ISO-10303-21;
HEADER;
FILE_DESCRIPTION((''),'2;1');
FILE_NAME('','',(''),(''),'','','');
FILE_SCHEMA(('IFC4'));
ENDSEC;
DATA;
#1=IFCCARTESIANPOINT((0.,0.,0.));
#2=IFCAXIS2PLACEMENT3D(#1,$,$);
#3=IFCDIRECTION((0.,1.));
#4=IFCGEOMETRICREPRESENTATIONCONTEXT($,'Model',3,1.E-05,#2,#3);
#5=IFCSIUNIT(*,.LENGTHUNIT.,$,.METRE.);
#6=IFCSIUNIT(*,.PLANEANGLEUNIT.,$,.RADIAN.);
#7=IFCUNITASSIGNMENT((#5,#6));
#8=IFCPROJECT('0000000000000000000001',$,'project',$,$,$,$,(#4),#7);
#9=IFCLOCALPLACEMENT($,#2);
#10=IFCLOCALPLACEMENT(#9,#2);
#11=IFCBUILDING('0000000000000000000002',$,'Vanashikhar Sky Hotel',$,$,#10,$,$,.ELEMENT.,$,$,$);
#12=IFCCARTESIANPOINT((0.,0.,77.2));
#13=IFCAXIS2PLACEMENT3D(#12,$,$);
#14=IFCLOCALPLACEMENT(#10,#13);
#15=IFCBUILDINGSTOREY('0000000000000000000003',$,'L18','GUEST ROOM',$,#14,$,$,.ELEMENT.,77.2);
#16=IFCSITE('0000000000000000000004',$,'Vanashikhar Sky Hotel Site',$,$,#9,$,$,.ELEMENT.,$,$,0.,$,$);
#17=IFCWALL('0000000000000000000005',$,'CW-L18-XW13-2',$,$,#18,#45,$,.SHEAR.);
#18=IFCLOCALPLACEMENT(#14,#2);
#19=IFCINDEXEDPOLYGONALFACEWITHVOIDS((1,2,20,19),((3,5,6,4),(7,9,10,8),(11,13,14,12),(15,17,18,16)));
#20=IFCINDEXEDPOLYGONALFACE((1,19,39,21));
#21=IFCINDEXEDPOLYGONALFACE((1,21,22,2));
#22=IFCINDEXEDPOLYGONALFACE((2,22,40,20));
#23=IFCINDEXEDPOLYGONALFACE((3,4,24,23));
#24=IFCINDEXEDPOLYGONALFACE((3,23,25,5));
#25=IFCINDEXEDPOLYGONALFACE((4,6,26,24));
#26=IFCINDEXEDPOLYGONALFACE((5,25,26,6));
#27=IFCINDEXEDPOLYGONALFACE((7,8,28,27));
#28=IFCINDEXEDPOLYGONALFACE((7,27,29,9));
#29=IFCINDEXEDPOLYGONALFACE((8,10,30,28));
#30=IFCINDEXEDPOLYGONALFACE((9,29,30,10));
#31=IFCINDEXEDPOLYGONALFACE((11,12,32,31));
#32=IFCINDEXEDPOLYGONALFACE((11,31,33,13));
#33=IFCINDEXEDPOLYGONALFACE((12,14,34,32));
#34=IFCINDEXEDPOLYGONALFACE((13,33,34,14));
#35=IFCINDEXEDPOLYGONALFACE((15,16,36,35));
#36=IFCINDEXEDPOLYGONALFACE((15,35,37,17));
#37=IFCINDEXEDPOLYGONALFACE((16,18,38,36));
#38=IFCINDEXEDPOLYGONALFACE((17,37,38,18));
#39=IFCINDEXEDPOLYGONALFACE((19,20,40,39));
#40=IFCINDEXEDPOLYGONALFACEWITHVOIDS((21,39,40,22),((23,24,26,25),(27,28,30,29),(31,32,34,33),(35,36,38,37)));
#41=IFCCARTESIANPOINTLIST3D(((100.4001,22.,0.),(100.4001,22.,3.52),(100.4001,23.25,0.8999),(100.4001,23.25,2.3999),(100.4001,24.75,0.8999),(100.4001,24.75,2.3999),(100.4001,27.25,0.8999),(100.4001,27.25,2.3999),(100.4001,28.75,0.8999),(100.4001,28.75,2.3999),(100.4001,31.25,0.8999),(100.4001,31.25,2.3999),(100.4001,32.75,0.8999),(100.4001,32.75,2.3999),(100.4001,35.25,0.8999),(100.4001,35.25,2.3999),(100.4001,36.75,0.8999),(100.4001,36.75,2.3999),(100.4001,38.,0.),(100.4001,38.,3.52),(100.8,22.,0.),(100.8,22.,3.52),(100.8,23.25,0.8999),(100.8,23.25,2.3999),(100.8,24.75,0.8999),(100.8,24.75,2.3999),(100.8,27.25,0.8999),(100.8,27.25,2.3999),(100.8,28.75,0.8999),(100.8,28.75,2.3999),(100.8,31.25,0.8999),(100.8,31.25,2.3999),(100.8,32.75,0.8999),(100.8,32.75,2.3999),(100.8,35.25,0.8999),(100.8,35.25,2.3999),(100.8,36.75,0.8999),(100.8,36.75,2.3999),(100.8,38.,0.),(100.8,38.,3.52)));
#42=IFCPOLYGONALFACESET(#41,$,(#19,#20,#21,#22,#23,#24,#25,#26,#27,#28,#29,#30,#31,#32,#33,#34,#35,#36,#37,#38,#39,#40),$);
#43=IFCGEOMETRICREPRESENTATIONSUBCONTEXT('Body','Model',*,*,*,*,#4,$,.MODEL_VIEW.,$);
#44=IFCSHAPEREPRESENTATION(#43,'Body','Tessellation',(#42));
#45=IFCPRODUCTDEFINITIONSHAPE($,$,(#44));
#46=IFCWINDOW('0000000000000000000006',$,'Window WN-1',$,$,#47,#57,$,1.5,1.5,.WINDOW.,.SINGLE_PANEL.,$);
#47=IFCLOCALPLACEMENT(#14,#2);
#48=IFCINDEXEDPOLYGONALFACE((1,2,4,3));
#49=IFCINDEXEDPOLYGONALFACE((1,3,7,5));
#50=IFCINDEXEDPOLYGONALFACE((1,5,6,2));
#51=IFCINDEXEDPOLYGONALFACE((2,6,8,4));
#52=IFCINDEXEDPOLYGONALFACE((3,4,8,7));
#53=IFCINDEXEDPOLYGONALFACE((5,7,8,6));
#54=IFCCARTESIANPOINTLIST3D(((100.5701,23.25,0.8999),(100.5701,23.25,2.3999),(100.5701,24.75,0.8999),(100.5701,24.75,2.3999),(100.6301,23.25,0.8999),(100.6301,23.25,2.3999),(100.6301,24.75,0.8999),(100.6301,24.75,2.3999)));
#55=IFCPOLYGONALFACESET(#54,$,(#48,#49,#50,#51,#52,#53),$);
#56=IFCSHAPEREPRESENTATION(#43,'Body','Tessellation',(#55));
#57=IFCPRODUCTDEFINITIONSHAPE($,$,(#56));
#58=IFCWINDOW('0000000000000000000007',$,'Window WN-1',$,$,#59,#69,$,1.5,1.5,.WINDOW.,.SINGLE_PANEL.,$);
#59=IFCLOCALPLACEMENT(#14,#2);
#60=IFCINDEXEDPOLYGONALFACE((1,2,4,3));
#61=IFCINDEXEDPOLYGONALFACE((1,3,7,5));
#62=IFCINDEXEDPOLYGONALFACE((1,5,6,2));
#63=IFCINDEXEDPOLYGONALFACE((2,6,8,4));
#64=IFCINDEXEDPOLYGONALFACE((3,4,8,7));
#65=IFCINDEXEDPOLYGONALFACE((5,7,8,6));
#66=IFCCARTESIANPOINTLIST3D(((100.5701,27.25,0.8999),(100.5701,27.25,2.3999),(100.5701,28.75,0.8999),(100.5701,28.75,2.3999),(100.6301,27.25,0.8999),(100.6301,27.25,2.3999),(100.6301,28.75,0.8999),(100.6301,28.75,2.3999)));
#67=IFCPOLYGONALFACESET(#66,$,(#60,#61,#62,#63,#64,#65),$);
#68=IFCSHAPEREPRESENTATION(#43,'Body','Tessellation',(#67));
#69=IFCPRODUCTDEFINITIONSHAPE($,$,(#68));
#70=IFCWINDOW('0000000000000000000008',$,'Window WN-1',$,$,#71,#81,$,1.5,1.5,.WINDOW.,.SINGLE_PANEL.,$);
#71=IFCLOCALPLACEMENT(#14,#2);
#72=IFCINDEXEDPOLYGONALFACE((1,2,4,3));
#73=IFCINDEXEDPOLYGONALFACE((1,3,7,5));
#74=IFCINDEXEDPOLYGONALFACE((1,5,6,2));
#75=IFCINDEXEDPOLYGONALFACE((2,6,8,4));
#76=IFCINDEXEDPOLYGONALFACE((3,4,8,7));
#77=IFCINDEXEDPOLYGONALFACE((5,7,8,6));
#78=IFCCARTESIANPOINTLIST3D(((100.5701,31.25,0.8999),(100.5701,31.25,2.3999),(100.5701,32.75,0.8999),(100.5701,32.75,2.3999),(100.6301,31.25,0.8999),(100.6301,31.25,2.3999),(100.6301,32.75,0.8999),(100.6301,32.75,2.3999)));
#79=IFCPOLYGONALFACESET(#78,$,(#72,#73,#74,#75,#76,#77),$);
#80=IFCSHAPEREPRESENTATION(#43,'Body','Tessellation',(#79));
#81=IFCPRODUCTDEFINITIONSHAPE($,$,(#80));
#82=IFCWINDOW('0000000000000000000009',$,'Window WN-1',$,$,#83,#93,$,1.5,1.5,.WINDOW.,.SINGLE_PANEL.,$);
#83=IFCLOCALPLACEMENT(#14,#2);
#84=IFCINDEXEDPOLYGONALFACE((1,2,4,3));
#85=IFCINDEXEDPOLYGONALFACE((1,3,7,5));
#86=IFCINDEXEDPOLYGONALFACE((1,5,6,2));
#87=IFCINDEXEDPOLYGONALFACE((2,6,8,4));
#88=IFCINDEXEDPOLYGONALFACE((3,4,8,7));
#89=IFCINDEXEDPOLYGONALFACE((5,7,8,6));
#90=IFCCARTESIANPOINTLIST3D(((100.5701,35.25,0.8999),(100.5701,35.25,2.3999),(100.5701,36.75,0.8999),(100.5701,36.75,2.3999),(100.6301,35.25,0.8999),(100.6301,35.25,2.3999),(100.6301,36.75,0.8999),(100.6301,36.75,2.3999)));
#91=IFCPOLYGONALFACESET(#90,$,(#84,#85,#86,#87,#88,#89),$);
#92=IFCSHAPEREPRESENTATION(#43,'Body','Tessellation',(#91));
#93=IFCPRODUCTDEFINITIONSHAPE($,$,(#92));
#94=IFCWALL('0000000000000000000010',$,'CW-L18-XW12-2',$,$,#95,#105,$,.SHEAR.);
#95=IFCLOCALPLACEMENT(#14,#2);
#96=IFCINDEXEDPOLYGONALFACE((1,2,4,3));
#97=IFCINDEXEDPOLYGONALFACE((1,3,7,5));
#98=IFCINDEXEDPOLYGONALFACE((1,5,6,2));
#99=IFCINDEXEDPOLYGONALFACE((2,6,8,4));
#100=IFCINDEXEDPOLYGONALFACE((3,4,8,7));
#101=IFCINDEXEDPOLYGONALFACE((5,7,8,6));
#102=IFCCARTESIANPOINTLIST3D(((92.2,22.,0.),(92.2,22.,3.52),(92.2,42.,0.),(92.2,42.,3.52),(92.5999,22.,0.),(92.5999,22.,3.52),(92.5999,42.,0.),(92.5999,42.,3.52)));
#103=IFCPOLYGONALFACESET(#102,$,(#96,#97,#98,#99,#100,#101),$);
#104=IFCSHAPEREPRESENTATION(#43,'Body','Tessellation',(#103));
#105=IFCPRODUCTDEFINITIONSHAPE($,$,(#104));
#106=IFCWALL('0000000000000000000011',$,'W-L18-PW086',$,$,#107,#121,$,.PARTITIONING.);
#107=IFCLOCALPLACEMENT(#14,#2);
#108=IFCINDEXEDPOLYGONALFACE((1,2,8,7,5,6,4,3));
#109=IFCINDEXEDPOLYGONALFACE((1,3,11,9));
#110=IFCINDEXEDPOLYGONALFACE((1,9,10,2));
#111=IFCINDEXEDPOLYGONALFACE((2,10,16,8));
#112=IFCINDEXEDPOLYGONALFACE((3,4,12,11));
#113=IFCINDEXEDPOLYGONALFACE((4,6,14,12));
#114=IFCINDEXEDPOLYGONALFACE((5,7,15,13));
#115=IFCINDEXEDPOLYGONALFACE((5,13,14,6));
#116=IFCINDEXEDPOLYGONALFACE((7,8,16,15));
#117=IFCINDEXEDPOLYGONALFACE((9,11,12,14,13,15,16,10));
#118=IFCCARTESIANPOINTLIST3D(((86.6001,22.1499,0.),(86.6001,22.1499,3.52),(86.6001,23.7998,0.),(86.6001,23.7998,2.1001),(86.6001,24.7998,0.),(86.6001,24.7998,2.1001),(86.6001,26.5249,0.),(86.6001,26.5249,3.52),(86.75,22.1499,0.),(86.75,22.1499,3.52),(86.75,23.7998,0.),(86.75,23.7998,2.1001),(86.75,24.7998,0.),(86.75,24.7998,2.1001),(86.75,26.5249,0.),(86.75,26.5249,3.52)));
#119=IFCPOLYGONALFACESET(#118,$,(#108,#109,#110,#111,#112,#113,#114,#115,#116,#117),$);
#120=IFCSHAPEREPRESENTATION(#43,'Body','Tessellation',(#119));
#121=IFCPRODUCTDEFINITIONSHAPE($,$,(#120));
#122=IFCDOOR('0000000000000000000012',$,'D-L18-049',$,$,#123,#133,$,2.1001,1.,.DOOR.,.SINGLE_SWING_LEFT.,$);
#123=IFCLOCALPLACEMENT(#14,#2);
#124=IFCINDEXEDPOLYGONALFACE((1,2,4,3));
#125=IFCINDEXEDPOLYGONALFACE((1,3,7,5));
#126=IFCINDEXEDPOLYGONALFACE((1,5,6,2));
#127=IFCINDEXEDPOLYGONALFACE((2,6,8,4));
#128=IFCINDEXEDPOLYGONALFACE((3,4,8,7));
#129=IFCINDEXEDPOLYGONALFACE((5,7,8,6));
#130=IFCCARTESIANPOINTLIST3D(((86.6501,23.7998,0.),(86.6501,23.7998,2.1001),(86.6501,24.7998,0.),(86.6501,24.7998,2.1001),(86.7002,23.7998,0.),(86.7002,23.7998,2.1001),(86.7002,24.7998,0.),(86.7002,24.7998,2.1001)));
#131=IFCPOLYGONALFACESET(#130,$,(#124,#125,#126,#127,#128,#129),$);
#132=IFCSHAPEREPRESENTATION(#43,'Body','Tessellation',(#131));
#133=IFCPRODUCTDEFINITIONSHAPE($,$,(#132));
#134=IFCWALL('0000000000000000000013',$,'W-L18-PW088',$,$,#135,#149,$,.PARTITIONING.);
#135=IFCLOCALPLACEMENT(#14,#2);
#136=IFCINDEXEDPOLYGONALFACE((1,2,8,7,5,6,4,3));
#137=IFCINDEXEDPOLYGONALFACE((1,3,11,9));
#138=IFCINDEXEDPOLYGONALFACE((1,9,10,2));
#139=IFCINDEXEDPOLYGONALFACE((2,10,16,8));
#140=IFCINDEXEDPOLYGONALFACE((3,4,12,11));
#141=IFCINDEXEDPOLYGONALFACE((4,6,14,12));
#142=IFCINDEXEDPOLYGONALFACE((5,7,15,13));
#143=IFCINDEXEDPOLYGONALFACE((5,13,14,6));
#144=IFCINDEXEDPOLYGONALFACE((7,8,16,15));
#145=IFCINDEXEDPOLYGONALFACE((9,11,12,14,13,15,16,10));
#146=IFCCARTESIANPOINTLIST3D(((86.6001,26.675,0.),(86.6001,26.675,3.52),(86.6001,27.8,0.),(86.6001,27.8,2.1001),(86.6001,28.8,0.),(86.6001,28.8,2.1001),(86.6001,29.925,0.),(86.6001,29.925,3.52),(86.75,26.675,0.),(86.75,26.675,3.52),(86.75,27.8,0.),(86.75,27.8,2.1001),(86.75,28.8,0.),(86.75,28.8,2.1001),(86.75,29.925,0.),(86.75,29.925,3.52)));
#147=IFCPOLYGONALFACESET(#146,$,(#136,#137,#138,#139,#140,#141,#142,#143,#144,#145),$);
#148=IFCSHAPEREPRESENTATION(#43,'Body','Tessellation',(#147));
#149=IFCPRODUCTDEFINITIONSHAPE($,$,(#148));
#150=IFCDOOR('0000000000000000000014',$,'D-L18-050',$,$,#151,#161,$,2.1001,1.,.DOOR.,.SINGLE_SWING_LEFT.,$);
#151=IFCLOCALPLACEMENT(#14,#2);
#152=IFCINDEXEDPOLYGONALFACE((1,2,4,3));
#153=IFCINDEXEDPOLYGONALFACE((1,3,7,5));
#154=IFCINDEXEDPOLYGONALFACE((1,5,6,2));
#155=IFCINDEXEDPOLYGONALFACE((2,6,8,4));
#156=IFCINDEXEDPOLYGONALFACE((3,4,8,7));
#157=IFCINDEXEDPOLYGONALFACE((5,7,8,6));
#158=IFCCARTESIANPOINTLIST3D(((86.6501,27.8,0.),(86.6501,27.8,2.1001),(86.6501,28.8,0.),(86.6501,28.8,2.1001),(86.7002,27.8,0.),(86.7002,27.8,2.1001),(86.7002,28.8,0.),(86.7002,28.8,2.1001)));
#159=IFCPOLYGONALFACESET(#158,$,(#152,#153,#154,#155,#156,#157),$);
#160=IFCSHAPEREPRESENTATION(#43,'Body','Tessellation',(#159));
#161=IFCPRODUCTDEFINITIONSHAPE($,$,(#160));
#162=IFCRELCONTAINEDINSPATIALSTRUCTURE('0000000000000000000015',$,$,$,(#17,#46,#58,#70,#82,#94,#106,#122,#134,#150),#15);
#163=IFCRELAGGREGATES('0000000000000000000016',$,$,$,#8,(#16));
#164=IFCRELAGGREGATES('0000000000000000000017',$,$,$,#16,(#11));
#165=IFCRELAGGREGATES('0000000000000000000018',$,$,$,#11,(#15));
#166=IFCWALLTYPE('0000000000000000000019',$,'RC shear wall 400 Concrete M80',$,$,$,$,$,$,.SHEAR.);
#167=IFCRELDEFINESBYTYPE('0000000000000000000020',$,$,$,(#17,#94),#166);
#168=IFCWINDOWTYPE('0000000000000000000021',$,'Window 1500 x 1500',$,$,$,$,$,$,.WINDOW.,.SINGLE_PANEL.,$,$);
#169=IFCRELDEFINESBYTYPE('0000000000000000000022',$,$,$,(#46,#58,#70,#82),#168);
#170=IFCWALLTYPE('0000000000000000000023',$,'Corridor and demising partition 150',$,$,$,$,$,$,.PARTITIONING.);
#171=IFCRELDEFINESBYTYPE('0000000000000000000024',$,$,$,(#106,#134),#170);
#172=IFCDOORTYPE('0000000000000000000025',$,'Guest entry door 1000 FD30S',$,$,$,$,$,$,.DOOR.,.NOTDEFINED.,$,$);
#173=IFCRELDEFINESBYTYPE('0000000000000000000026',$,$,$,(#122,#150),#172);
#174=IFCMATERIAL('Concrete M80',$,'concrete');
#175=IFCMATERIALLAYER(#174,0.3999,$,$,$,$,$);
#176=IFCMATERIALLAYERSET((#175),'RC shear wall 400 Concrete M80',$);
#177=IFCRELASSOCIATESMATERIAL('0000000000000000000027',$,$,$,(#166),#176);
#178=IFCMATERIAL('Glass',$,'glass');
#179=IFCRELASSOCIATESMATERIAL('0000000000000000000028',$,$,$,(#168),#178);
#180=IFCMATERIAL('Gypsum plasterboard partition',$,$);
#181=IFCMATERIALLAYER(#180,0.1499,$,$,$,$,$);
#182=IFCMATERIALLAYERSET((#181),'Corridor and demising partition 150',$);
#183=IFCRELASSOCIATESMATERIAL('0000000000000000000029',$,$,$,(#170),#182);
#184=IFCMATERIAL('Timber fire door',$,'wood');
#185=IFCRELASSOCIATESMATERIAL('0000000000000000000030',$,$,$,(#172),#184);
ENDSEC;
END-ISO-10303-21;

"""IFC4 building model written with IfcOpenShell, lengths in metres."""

from ifc_helpers import new_model, si_unit, direction, frame, frame_2d, origin, place, context, subcontext, project, spatial, rectangle, extrude, source, transform, mapped, material, layer, layer_set, type_object, element, fill, save


model = new_model("IFC4")

# Units and contexts
model_context = context("Model", 3, precision=1e-05, world=origin(), true_north=direction((0.0, 1.0)))
body_context = subcontext(model_context, "Body", "Model", "MODEL_VIEW")
ifc_project = project(units=[si_unit("LENGTHUNIT", "METRE"), si_unit("PLANEANGLEUNIT", "RADIAN")], contexts=[model_context])

# Site, building, storey
site_placement = place(None, origin())
site = spatial("IfcSite", under=ifc_project, at=site_placement, Name="Vanashikhar Sky Hotel Site", CompositionType="ELEMENT", RefElevation=0.0)
building_placement = place(site_placement, origin())
building = spatial("IfcBuilding", under=site, at=building_placement, Name="Vanashikhar Sky Hotel", CompositionType="ELEMENT")
storey_placement = place(building_placement, frame((0.0, 0.0, 77.2)))
storey = spatial("IfcBuildingStorey", under=building, at=storey_placement, Name="L18", Description="GUEST ROOM", CompositionType="ELEMENT", Elevation=77.2)

# Wall, openings, windows
ifc_material_1 = material(Name="Concrete M80", Category="concrete")
ifc_layer_1 = layer(ifc_material_1, 0.3999)
ifc_layer_set_1 = layer_set([ifc_layer_1], Name="RC shear wall 400 Concrete M80")
wall_type_1 = type_object("IfcWallType", Name="RC shear wall 400 Concrete M80", PredefinedType="SHEAR", material=ifc_layer_set_1)
shared_shape_1 = source(origin(), body_context, "Body", "SweptSolid", [
    extrude(rectangle(XDim=16.0, YDim=0.3999, at=frame_2d((8.0, 0.0))), origin(), (0.0, 0.0, 1.0), 3.52),
])
wall_1_placement = place(storey_placement, frame((100.6001, 22.0, 0.0), z_axis=(0.0, 0.0, 1.0), x_axis=(0.0, 1.0, 0.0)))
wall_1 = element("IfcWall", 1, at=wall_1_placement, inside=storey, type_object=wall_type_1, Name="CW-L18-XW13-2", PredefinedType="SHEAR", context=body_context, shape_type="MappedRepresentation", body=[
    mapped(shared_shape_1, transform((0.0, 0.0, 0.0), scale=1.0)),
])
shared_shape_2 = source(origin(), body_context, "Body", "SweptSolid", [
    extrude(rectangle(XDim=1.5, YDim=1.5, at=frame_2d((0.75, 0.75))), frame((0.0, 0.21, 0.0), z_axis=(0.0, -1.0, 0.0), x_axis=(1.0, 0.0, 0.0)), (0.0, 0.0, 1.0), 0.4199),
])
opening_1_placement = place(wall_1_placement, frame((1.25, 0.0, 0.8999)))
opening_1 = element("IfcOpeningElement", 2, at=opening_1_placement, cuts=wall_1, PredefinedType="OPENING", context=body_context, shape_type="MappedRepresentation", body=[
    mapped(shared_shape_2, transform((0.0, 0.0, 0.0), scale=1.0)),
])
opening_2_placement = place(wall_1_placement, frame((5.25, 0.0, 0.8999)))
opening_2 = element("IfcOpeningElement", 3, at=opening_2_placement, cuts=wall_1, PredefinedType="OPENING", context=body_context, shape_type="MappedRepresentation", body=[
    mapped(shared_shape_2, transform((0.0, 0.0, 0.0), scale=1.0)),
])
opening_3_placement = place(wall_1_placement, frame((9.25, 0.0, 0.8999)))
opening_3 = element("IfcOpeningElement", 4, at=opening_3_placement, cuts=wall_1, PredefinedType="OPENING", context=body_context, shape_type="MappedRepresentation", body=[
    mapped(shared_shape_2, transform((0.0, 0.0, 0.0), scale=1.0)),
])
opening_4_placement = place(wall_1_placement, frame((13.25, 0.0, 0.8999)))
opening_4 = element("IfcOpeningElement", 5, at=opening_4_placement, cuts=wall_1, PredefinedType="OPENING", context=body_context, shape_type="MappedRepresentation", body=[
    mapped(shared_shape_2, transform((0.0, 0.0, 0.0), scale=1.0)),
])
ifc_material_2 = material(Name="Glass", Category="glass")
window_type = type_object("IfcWindowType", Name="Window 1500 x 1500", PartitioningType="SINGLE_PANEL", PredefinedType="WINDOW", material=ifc_material_2)
shared_shape_3 = source(origin(), body_context, "Body", "SweptSolid", [
    extrude(rectangle(XDim=1.5, YDim=1.5, at=frame_2d((0.75, 0.75))), frame((0.0, 0.03, 0.0), z_axis=(0.0, -1.0, 0.0), x_axis=(1.0, 0.0, 0.0)), (0.0, 0.0, 1.0), 0.0601),
])
window_1_placement = place(opening_1_placement, origin())
window_1 = element("IfcWindow", 6, at=window_1_placement, inside=storey, type_object=window_type, Name="Window WN-1", OverallHeight=1.5, OverallWidth=1.5, PartitioningType="SINGLE_PANEL", PredefinedType="WINDOW", context=body_context, shape_type="MappedRepresentation", body=[
    mapped(shared_shape_3, transform((0.0, 0.0, 0.0), scale=1.0)),
])
fill(opening_1, window_1)
window_2_placement = place(opening_2_placement, origin())
window_2 = element("IfcWindow", 7, at=window_2_placement, inside=storey, type_object=window_type, Name="Window WN-1", OverallHeight=1.5, OverallWidth=1.5, PartitioningType="SINGLE_PANEL", PredefinedType="WINDOW", context=body_context, shape_type="MappedRepresentation", body=[
    mapped(shared_shape_3, transform((0.0, 0.0, 0.0), scale=1.0)),
])
fill(opening_2, window_2)
window_3_placement = place(opening_3_placement, origin())
window_3 = element("IfcWindow", 8, at=window_3_placement, inside=storey, type_object=window_type, Name="Window WN-1", OverallHeight=1.5, OverallWidth=1.5, PartitioningType="SINGLE_PANEL", PredefinedType="WINDOW", context=body_context, shape_type="MappedRepresentation", body=[
    mapped(shared_shape_3, transform((0.0, 0.0, 0.0), scale=1.0)),
])
fill(opening_3, window_3)
window_4_placement = place(opening_4_placement, origin())
window_4 = element("IfcWindow", 9, at=window_4_placement, inside=storey, type_object=window_type, Name="Window WN-1", OverallHeight=1.5, OverallWidth=1.5, PartitioningType="SINGLE_PANEL", PredefinedType="WINDOW", context=body_context, shape_type="MappedRepresentation", body=[
    mapped(shared_shape_3, transform((0.0, 0.0, 0.0), scale=1.0)),
])
fill(opening_4, window_4)

# Wall
shared_shape_4 = source(origin(), body_context, "Body", "SweptSolid", [
    extrude(rectangle(XDim=20.0, YDim=0.3999, at=frame_2d((10.0, 0.0))), origin(), (0.0, 0.0, 1.0), 3.52),
])
wall_2_placement = place(storey_placement, frame((92.3999, 22.0, 0.0), z_axis=(0.0, 0.0, 1.0), x_axis=(0.0, 1.0, 0.0)))
element("IfcWall", 10, at=wall_2_placement, inside=storey, type_object=wall_type_1, Name="CW-L18-XW12-2", PredefinedType="SHEAR", context=body_context, shape_type="MappedRepresentation", body=[
    mapped(shared_shape_4, transform((0.0, 0.0, 0.0), scale=1.0)),
])

# Walls, openings, doors
ifc_material_3 = material(Name="Gypsum plasterboard partition")
ifc_layer_2 = layer(ifc_material_3, 0.1499)
ifc_layer_set_2 = layer_set([ifc_layer_2], Name="Corridor and demising partition 150")
wall_type_2 = type_object("IfcWallType", Name="Corridor and demising partition 150", PredefinedType="PARTITIONING", material=ifc_layer_set_2)
shared_shape_5 = source(origin(), body_context, "Body", "SweptSolid", [
    extrude(rectangle(XDim=4.375, YDim=0.1499, at=frame_2d((2.1875, 0.0))), origin(), (0.0, 0.0, 1.0), 3.52),
])
wall_3_placement = place(storey_placement, frame((86.675, 22.1499, 0.0), z_axis=(0.0, 0.0, 1.0), x_axis=(0.0, 1.0, 0.0)))
wall_3 = element("IfcWall", 11, at=wall_3_placement, inside=storey, type_object=wall_type_2, Name="W-L18-PW086", PredefinedType="PARTITIONING", context=body_context, shape_type="MappedRepresentation", body=[
    mapped(shared_shape_5, transform((0.0, 0.0, 0.0), scale=1.0)),
])
shared_shape_6 = source(origin(), body_context, "Body", "SweptSolid", [
    extrude(rectangle(XDim=1.0, YDim=2.1001, at=frame_2d((0.5, 1.05))), frame((0.0, 0.085, 0.0), z_axis=(0.0, -1.0, 0.0), x_axis=(1.0, 0.0, 0.0)), (0.0, 0.0, 1.0), 0.1699),
])
opening_5_placement = place(wall_3_placement, frame((1.6499, 0.0, 0.0)))
opening_5 = element("IfcOpeningElement", 12, at=opening_5_placement, cuts=wall_3, PredefinedType="OPENING", context=body_context, shape_type="MappedRepresentation", body=[
    mapped(shared_shape_6, transform((0.0, 0.0, 0.0), scale=1.0)),
])
ifc_material_4 = material(Name="Timber fire door", Category="wood")
door_type_1 = type_object("IfcDoorType", Name="Guest entry door 1000 FD30S", OperationType="NOTDEFINED", PredefinedType="DOOR", material=ifc_material_4)
shared_shape_7 = source(origin(), body_context, "Body", "SweptSolid", [
    extrude(rectangle(XDim=1.0, YDim=2.1001, at=frame_2d((0.5, 1.05))), frame((0.0, 0.0249, 0.0), z_axis=(0.0, -1.0, 0.0), x_axis=(1.0, 0.0, 0.0)), (0.0, 0.0, 1.0), 0.05),
])
door_1_placement = place(opening_5_placement, origin())
door_1 = element("IfcDoor", 13, at=door_1_placement, inside=storey, type_object=door_type_1, Name="D-L18-049", OperationType="SINGLE_SWING_LEFT", OverallHeight=2.1001, OverallWidth=1.0, PredefinedType="DOOR", context=body_context, shape_type="MappedRepresentation", body=[
    mapped(shared_shape_7, transform((0.0, 0.0, 0.0), scale=1.0)),
])
fill(opening_5, door_1)
shared_shape_8 = source(origin(), body_context, "Body", "SweptSolid", [
    extrude(rectangle(XDim=3.25, YDim=0.1499, at=frame_2d((1.625, 0.0))), origin(), (0.0, 0.0, 1.0), 3.52),
])
wall_4_placement = place(storey_placement, frame((86.675, 26.675, 0.0), z_axis=(0.0, 0.0, 1.0), x_axis=(0.0, 1.0, 0.0)))
wall_4 = element("IfcWall", 14, at=wall_4_placement, inside=storey, type_object=wall_type_2, Name="W-L18-PW088", PredefinedType="PARTITIONING", context=body_context, shape_type="MappedRepresentation", body=[
    mapped(shared_shape_8, transform((0.0, 0.0, 0.0), scale=1.0)),
])
opening_6_placement = place(wall_4_placement, frame((1.125, 0.0, 0.0)))
opening_6 = element("IfcOpeningElement", 15, at=opening_6_placement, cuts=wall_4, PredefinedType="OPENING", context=body_context, shape_type="MappedRepresentation", body=[
    mapped(shared_shape_6, transform((0.0, 0.0, 0.0), scale=1.0)),
])
door_2_placement = place(opening_6_placement, origin())
door_2 = element("IfcDoor", 16, at=door_2_placement, inside=storey, type_object=door_type_1, Name="D-L18-050", OperationType="SINGLE_SWING_LEFT", OverallHeight=2.1001, OverallWidth=1.0, PredefinedType="DOOR", context=body_context, shape_type="MappedRepresentation", body=[
    mapped(shared_shape_7, transform((0.0, 0.0, 0.0), scale=1.0)),
])
fill(opening_6, door_2)

save(model, "model.ifc")
